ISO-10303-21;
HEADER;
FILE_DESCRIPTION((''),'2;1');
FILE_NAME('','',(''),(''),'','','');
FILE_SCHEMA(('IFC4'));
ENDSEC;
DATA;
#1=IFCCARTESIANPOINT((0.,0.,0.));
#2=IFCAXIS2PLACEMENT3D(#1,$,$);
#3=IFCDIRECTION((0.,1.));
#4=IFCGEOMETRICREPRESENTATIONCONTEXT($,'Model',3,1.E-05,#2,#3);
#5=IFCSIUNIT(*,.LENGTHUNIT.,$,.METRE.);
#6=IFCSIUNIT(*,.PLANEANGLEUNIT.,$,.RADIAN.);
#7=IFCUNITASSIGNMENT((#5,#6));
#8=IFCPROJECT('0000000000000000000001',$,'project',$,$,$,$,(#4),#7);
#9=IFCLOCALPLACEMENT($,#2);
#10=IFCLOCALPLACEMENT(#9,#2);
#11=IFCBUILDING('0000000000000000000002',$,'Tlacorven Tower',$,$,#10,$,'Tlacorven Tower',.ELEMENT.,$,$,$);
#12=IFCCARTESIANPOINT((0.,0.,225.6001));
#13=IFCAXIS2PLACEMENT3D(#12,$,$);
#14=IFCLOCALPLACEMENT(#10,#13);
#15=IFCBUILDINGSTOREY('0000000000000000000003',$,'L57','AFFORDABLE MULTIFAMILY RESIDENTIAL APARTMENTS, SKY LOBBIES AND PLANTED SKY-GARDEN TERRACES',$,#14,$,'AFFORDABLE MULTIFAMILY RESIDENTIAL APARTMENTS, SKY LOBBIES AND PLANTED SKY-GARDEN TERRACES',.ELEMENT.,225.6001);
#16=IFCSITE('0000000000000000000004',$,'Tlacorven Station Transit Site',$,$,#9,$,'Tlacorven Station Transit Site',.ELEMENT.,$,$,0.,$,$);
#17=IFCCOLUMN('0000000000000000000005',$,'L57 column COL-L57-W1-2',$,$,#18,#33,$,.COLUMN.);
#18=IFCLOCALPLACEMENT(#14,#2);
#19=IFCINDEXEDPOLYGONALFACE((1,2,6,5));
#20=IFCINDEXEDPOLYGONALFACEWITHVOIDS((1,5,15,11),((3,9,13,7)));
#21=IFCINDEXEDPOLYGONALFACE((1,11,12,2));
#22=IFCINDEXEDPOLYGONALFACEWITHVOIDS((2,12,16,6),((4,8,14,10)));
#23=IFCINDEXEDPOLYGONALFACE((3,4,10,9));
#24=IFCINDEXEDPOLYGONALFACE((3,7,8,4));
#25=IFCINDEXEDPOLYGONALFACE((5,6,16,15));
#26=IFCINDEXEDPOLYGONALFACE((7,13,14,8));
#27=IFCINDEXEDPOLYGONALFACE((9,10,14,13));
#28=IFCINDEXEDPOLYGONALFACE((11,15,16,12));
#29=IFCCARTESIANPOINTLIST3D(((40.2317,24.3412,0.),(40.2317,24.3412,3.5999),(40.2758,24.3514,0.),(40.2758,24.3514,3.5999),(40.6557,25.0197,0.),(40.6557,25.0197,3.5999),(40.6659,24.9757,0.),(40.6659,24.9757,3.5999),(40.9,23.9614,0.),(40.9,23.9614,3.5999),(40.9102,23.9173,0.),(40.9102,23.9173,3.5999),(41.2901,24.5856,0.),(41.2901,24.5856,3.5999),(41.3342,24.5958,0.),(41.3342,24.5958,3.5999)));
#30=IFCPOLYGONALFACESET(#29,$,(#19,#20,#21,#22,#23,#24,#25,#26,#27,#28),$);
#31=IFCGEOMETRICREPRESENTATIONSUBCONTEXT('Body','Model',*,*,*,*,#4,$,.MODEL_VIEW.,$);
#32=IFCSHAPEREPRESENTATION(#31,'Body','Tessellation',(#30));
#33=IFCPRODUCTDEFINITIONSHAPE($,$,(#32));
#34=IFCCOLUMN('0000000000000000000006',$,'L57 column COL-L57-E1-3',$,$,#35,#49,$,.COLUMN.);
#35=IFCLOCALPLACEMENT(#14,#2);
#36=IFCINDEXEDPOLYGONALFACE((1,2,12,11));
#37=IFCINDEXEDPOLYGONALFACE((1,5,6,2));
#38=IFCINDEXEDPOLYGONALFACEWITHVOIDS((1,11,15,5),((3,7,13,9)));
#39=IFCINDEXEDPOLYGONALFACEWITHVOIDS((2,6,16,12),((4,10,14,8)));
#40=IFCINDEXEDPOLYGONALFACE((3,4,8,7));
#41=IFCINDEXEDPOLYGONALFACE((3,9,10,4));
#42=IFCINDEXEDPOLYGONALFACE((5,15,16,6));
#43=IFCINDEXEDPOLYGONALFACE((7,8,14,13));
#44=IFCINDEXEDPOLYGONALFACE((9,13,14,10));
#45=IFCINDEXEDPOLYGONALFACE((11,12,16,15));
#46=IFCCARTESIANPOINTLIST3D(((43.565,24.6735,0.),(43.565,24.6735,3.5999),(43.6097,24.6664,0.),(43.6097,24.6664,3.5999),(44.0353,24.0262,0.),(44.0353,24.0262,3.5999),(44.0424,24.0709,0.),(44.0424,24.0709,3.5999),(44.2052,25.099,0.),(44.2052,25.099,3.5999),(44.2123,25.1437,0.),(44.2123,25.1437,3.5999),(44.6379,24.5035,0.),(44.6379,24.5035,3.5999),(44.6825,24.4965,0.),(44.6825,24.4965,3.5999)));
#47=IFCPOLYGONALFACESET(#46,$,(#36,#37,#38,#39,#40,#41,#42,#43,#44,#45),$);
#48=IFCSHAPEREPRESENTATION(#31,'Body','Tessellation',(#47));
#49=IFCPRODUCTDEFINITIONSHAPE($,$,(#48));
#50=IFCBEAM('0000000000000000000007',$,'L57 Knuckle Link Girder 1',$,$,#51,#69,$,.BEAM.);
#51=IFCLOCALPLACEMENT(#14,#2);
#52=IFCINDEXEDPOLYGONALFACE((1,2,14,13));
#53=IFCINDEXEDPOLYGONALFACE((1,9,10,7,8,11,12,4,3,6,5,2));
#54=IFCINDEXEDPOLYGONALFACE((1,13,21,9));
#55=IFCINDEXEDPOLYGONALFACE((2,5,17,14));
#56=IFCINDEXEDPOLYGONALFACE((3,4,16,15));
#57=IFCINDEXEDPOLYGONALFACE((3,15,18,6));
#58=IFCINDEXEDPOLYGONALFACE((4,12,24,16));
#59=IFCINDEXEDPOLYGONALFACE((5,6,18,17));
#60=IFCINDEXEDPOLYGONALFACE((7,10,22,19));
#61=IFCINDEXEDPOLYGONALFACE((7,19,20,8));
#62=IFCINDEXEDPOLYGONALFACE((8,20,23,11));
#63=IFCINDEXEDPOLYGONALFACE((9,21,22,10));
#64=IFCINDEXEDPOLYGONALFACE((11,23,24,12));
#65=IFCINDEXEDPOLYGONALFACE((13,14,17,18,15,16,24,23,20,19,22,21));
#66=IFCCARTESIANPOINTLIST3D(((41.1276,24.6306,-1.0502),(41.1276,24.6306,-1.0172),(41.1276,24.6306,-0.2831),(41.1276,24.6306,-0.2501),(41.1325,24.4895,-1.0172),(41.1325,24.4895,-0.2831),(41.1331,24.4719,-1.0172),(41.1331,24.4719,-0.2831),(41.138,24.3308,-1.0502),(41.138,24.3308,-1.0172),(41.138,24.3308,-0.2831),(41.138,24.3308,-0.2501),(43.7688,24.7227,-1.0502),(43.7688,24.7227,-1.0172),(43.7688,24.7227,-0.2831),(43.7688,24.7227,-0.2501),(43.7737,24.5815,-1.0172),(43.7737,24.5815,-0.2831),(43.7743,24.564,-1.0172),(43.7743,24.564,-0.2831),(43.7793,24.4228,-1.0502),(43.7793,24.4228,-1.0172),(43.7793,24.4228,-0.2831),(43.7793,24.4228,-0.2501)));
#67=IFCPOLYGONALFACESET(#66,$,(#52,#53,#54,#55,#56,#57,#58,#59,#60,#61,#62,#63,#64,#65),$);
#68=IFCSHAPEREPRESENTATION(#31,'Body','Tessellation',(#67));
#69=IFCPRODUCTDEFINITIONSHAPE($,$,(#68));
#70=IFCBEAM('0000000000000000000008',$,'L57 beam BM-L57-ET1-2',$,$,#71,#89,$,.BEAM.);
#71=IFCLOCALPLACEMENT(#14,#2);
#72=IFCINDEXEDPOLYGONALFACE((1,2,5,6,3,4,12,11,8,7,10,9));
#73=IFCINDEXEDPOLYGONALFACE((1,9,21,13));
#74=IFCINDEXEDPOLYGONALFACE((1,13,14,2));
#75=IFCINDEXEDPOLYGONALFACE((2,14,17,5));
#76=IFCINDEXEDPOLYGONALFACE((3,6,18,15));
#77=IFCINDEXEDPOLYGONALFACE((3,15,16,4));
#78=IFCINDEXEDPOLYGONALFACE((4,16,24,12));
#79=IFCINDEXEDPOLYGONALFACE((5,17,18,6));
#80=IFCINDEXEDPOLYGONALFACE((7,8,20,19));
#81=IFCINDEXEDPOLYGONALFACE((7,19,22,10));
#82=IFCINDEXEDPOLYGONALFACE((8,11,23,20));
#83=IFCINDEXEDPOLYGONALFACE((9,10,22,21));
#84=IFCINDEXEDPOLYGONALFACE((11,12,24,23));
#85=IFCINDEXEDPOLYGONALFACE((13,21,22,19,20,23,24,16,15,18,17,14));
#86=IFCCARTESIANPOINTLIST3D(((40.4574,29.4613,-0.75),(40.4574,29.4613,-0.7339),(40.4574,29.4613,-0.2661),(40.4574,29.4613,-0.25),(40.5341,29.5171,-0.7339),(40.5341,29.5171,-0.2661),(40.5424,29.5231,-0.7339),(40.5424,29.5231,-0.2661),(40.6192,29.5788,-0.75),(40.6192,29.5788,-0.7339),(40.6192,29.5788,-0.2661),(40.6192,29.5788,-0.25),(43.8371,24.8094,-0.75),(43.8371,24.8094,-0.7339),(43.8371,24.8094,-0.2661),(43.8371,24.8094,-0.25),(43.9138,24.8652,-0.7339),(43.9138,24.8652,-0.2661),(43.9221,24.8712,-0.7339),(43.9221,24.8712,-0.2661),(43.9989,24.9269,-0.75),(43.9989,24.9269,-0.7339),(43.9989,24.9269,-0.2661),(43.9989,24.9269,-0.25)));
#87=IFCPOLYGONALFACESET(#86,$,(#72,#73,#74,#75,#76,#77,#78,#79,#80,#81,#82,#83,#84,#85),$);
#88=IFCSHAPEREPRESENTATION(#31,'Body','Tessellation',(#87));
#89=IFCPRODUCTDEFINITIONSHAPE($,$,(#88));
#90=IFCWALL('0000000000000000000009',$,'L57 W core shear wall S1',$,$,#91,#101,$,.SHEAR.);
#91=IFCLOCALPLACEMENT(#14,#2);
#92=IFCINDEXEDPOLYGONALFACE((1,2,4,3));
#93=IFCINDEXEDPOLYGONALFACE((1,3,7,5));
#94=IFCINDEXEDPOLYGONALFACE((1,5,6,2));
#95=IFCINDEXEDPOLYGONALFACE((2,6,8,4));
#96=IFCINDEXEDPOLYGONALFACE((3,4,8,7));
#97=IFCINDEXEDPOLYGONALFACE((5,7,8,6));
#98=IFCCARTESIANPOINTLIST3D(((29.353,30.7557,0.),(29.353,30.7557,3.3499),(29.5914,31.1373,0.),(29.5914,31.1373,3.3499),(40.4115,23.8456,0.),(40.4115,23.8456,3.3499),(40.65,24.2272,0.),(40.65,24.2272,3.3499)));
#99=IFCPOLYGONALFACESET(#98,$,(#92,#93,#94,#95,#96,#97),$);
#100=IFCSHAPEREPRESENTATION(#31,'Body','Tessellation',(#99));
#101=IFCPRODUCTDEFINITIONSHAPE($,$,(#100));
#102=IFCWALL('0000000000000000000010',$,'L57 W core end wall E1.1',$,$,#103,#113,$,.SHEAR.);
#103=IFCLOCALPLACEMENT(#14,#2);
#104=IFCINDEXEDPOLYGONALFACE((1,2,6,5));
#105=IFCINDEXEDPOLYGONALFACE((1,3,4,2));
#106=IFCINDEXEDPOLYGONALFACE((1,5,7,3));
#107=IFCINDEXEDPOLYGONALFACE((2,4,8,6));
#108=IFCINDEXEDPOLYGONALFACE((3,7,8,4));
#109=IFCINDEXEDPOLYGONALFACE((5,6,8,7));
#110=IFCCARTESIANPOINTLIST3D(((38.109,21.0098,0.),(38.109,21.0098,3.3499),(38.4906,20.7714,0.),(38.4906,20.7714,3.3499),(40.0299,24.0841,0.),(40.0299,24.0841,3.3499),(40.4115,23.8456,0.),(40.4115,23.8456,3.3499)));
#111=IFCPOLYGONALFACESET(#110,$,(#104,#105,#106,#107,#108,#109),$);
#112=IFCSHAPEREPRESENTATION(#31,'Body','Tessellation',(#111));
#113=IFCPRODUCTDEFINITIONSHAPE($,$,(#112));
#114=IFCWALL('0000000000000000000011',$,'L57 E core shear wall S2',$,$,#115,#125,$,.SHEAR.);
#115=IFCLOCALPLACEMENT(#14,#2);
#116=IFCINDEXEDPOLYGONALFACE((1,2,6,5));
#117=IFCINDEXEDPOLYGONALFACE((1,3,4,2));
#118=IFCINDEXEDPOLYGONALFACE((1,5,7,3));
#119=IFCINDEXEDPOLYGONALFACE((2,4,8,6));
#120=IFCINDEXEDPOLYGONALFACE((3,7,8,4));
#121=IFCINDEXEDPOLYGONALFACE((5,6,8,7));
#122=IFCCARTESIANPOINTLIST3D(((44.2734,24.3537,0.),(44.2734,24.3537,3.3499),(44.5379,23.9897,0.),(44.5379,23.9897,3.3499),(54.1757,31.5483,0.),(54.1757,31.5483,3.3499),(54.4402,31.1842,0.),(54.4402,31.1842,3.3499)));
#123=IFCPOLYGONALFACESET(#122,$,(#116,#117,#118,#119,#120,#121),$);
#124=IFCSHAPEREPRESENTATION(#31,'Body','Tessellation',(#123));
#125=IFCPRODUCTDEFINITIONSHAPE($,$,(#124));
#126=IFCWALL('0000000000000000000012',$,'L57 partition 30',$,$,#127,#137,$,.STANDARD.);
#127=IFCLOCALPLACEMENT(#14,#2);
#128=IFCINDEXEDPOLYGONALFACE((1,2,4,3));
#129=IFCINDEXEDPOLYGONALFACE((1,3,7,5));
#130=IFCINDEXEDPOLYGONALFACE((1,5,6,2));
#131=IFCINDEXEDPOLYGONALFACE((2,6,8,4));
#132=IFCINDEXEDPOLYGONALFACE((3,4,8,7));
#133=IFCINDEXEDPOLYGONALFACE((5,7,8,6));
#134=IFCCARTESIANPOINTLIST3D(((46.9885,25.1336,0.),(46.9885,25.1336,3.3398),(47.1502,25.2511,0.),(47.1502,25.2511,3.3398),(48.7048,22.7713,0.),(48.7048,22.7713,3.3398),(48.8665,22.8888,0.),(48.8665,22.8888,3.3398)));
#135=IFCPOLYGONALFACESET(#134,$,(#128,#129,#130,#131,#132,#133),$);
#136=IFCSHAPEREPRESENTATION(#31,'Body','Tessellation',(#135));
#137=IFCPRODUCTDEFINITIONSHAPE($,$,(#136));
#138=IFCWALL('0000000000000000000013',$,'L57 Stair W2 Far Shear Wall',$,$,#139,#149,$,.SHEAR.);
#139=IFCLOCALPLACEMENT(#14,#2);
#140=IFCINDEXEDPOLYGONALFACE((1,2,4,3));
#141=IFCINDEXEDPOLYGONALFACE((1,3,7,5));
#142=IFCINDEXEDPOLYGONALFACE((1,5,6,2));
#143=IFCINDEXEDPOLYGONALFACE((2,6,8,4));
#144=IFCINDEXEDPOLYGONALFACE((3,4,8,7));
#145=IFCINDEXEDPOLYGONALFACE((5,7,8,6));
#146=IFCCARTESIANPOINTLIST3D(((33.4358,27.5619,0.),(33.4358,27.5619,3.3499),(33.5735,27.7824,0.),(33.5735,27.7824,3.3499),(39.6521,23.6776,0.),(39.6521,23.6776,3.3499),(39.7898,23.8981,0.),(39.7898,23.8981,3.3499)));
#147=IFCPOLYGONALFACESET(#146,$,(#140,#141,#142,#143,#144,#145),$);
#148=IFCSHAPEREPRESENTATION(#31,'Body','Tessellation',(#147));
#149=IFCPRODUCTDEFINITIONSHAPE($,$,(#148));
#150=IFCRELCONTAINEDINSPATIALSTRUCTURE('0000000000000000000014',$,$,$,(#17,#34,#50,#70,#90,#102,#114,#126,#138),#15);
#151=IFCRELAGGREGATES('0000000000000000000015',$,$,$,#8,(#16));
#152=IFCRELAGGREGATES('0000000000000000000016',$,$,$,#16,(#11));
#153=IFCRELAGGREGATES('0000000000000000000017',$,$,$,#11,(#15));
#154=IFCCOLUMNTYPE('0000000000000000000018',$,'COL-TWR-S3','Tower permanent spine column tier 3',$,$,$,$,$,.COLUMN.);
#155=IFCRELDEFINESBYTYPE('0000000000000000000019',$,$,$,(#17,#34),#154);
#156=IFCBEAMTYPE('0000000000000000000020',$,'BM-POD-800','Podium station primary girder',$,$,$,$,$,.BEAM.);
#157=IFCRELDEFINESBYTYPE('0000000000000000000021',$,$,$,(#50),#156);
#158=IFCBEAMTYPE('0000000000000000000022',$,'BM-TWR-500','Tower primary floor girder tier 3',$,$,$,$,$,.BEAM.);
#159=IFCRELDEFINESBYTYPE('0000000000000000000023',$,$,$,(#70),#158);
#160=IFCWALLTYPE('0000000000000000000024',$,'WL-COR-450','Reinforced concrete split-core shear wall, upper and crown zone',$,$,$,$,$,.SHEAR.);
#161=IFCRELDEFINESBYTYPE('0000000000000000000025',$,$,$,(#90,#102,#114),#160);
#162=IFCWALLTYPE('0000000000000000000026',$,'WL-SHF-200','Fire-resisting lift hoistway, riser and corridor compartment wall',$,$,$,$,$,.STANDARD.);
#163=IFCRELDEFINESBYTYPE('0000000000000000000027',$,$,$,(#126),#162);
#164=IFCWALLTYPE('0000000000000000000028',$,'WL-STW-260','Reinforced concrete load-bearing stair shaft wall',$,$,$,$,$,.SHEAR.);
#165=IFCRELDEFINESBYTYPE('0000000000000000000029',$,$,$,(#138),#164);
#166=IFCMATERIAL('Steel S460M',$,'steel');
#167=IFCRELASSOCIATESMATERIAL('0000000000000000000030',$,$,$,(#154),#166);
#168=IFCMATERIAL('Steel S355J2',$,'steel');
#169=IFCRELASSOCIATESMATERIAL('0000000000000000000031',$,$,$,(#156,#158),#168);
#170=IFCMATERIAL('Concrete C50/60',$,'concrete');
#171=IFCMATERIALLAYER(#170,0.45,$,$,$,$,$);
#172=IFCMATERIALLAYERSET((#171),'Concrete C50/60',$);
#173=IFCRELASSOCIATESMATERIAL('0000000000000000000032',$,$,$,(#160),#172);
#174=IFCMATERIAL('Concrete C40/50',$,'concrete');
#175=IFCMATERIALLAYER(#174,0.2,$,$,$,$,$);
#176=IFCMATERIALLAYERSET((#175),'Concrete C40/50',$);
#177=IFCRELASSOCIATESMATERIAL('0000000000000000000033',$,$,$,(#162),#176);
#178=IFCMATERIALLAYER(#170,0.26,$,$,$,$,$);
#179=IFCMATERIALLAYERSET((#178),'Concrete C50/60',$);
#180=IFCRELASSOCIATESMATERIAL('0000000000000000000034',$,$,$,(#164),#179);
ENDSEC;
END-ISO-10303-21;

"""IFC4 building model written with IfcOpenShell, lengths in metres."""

from ifc_helpers import new_model, si_unit, direction, frame, frame_2d, origin, origin_2d, place, context, subcontext, project, spatial, rectangle, hollow_rectangle, i_section, extrude, source, transform, mapped, material, layer, layer_set, material_profile, profile_set, type_object, element, save


model = new_model("IFC4")

# Units and contexts
model_context = context("Model", 3, precision=1e-05, world=origin(), true_north=direction((0.0, 1.0)))
body_context = subcontext(model_context, "Body", "Model", "MODEL_VIEW")
ifc_project = project(units=[si_unit("LENGTHUNIT", "METRE"), si_unit("PLANEANGLEUNIT", "RADIAN")], contexts=[model_context])

# Site, building, storey
site_placement = place(None, origin())
site = spatial("IfcSite", under=ifc_project, at=site_placement, Name="Tlacorven Station Transit Site", LongName="Tlacorven Station Transit Site", CompositionType="ELEMENT", RefElevation=0.0)
building_placement = place(site_placement, origin())
building = spatial("IfcBuilding", under=site, at=building_placement, Name="Tlacorven Tower", LongName="Tlacorven Tower", CompositionType="ELEMENT")
storey_placement = place(building_placement, frame((0.0, 0.0, 225.6001)))
storey = spatial("IfcBuildingStorey", under=building, at=storey_placement, Name="L57", Description="AFFORDABLE MULTIFAMILY RESIDENTIAL APARTMENTS, SKY LOBBIES AND PLANTED SKY-GARDEN TERRACES", LongName="AFFORDABLE MULTIFAMILY RESIDENTIAL APARTMENTS, SKY LOBBIES AND PLANTED SKY-GARDEN TERRACES", CompositionType="ELEMENT", Elevation=225.6001)

# Columns
ifc_material_1 = material(Name="Steel S460M", Category="steel")
ifc_material_profile_1 = material_profile(ifc_material_1, hollow_rectangle(XDim=0.8, YDim=0.8, WallThickness=0.032, at=origin_2d()), Name="BOX 800X800X32")
ifc_profile_set_1 = profile_set([ifc_material_profile_1], Name="Steel S460M")
column_type = type_object("IfcColumnType", Name="COL-TWR-S3", Description="Tower permanent spine column tier 3", PredefinedType="COLUMN", material=ifc_profile_set_1)
shared_shape_1 = source(origin(), body_context, "Body", "SweptSolid", [
    extrude(hollow_rectangle(XDim=0.8, YDim=0.8, WallThickness=0.032, at=origin_2d()), origin(), (0.0, 0.0, 1.0), 3.5999),
])
for number, where, z_axis, x_axis, name in (
    (1, (40.783, 24.4685, 0.0), (0.0, 0.0, 1.0), (-0.848048, 0.529919, 0.0), "L57 column COL-L57-W1-2"),
    (2, (44.1238, 24.585, 0.0), (0.0, 0.0, 1.0), (0.809017, 0.587785, 0.0), "L57 column COL-L57-E1-3"),
):
    element("IfcColumn", number, at=place(storey_placement, frame(where, z_axis=z_axis, x_axis=x_axis)), inside=storey, type_object=column_type, Name=name, PredefinedType="COLUMN", context=body_context, shape_type="MappedRepresentation", body=[
        mapped(shared_shape_1, transform((0.0, 0.0, 0.0), scale=1.0)),
    ])

# Beams
ifc_material_2 = material(Name="Steel S355J2", Category="steel")
ifc_material_profile_2 = material_profile(ifc_material_2, i_section(OverallWidth=0.3, OverallDepth=0.8, WebThickness=0.0176, FlangeThickness=0.033, at=origin_2d()), Name="HEB 800")
ifc_profile_set_2 = profile_set([ifc_material_profile_2], Name="Steel S355J2")
beam_type_1 = type_object("IfcBeamType", Name="BM-POD-800", Description="Podium station primary girder", PredefinedType="BEAM", material=ifc_profile_set_2)
shared_shape_2 = source(origin(), body_context, "Body", "SweptSolid", [
    extrude(i_section(OverallWidth=0.3, OverallDepth=0.8, WebThickness=0.0176, FlangeThickness=0.033, at=origin_2d()), origin(), (0.0, 0.0, 1.0), 2.6428),
])
beam_1_placement = place(storey_placement, frame((41.1328, 24.4807, -0.6501), z_axis=(0.999393, 0.034828, 0.0), x_axis=(-0.034828, 0.999393, 0.0)))
element("IfcBeam", 3, at=beam_1_placement, inside=storey, type_object=beam_type_1, Name="L57 Knuckle Link Girder 1", PredefinedType="BEAM", context=body_context, shape_type="MappedRepresentation", body=[
    mapped(shared_shape_2, transform((0.0, 0.0, 0.0), scale=1.0)),
])
ifc_material_profile_3 = material_profile(ifc_material_2, i_section(OverallWidth=0.2, OverallDepth=0.5, WebThickness=0.0103, FlangeThickness=0.0161, at=origin_2d()), Name="IPE 500")
ifc_profile_set_3 = profile_set([ifc_material_profile_3], Name="Steel S355J2")
beam_type_2 = type_object("IfcBeamType", Name="BM-TWR-500", Description="Tower primary floor girder tier 3", PredefinedType="BEAM", material=ifc_profile_set_3)
shared_shape_3 = source(origin(), body_context, "Body", "SweptSolid", [
    extrude(i_section(OverallWidth=0.2, OverallDepth=0.5, WebThickness=0.0103, FlangeThickness=0.0161, at=origin_2d()), origin(), (0.0, 0.0, 1.0), 5.75),
])
beam_2_placement = place(storey_placement, frame((43.918, 24.8682, -0.5), z_axis=(-0.58777, 0.809028, 0.0), x_axis=(-0.809028, -0.58777, 0.0)))
element("IfcBeam", 4, at=beam_2_placement, inside=storey, type_object=beam_type_2, Name="L57 beam BM-L57-ET1-2", PredefinedType="BEAM", context=body_context, shape_type="MappedRepresentation", body=[
    mapped(shared_shape_3, transform((0.0, 0.0, 0.0), scale=1.0)),
])

# Walls
ifc_material_3 = material(Name="Concrete C50/60", Category="concrete")
ifc_layer_1 = layer(ifc_material_3, 0.45)
ifc_layer_set_1 = layer_set([ifc_layer_1], Name="Concrete C50/60")
wall_type_1 = type_object("IfcWallType", Name="WL-COR-450", Description="Reinforced concrete split-core shear wall, upper and crown zone", PredefinedType="SHEAR", material=ifc_layer_set_1)
wall_1_placement = place(storey_placement, frame((40.5308, 24.0364, 0.0), z_axis=(0.0, 0.0, 1.0), x_axis=(-0.848049, 0.529918, 0.0)))
element("IfcWall", 5, at=wall_1_placement, inside=storey, type_object=wall_type_1, Name="L57 W core shear wall S1", PredefinedType="SHEAR", context=body_context, shape_type="SweptSolid", body=[
    extrude(rectangle(XDim=13.04, YDim=0.45, at=frame_2d((6.52, 0.0))), origin(), (0.0, 0.0, 1.0), 3.3499),
])
wall_2_placement = place(storey_placement, frame((40.2207, 23.9648, 0.0), z_axis=(0.0, 0.0, 1.0), x_axis=(-0.529902, -0.848059, 0.0)))
element("IfcWall", 6, at=wall_2_placement, inside=storey, type_object=wall_type_1, Name="L57 W core end wall E1.1", PredefinedType="SHEAR", context=body_context, shape_type="SweptSolid", body=[
    extrude(rectangle(XDim=3.625, YDim=0.45, at=frame_2d((1.8125, 0.0))), origin(), (0.0, 0.0, 1.0), 3.3499),
])
wall_3_placement = place(storey_placement, frame((44.4055, 24.1716, 0.0), z_axis=(0.0, 0.0, 1.0), x_axis=(0.809013, 0.587791, 0.0)))
element("IfcWall", 7, at=wall_3_placement, inside=storey, type_object=wall_type_1, Name="L57 E core shear wall S2", PredefinedType="SHEAR", context=body_context, shape_type="SweptSolid", body=[
    extrude(rectangle(XDim=12.24, YDim=0.45, at=frame_2d((6.1201, 0.0))), origin(), (0.0, 0.0, 1.0), 3.3499),
])
ifc_material_4 = material(Name="Concrete C40/50", Category="concrete")
ifc_layer_2 = layer(ifc_material_4, 0.2)
ifc_layer_set_2 = layer_set([ifc_layer_2], Name="Concrete C40/50")
wall_type_2 = type_object("IfcWallType", Name="WL-SHF-200", Description="Fire-resisting lift hoistway, riser and corridor compartment wall", PredefinedType="STANDARD", material=ifc_layer_set_2)
wall_4_placement = place(storey_placement, frame((48.7856, 22.8301, 0.0), z_axis=(0.0, 0.0, 1.0), x_axis=(-0.587784, 0.809018, 0.0)))
element("IfcWall", 8, at=wall_4_placement, inside=storey, type_object=wall_type_2, Name="L57 partition 30", PredefinedType="STANDARD", context=body_context, shape_type="SweptSolid", body=[
    extrude(rectangle(XDim=2.9199, YDim=0.2, at=frame_2d((1.46, 0.0))), origin(), (0.0, 0.0, 1.0), 3.3398),
])
ifc_layer_3 = layer(ifc_material_3, 0.26)
ifc_layer_set_3 = layer_set([ifc_layer_3], Name="Concrete C50/60")
wall_type_3 = type_object("IfcWallType", Name="WL-STW-260", Description="Reinforced concrete load-bearing stair shaft wall", PredefinedType="SHEAR", material=ifc_layer_set_3)
wall_5_placement = place(storey_placement, frame((39.7209, 23.7878, 0.0), z_axis=(0.0, 0.0, 1.0), x_axis=(-0.848054, 0.529909, 0.0)))
element("IfcWall", 9, at=wall_5_placement, inside=storey, type_object=wall_type_3, Name="L57 Stair W2 Far Shear Wall", PredefinedType="SHEAR", context=body_context, shape_type="SweptSolid", body=[
    extrude(rectangle(XDim=7.3301, YDim=0.26, at=frame_2d((3.665, 0.0))), origin(), (0.0, 0.0, 1.0), 3.3499),
])

save(model, "model.ifc")
